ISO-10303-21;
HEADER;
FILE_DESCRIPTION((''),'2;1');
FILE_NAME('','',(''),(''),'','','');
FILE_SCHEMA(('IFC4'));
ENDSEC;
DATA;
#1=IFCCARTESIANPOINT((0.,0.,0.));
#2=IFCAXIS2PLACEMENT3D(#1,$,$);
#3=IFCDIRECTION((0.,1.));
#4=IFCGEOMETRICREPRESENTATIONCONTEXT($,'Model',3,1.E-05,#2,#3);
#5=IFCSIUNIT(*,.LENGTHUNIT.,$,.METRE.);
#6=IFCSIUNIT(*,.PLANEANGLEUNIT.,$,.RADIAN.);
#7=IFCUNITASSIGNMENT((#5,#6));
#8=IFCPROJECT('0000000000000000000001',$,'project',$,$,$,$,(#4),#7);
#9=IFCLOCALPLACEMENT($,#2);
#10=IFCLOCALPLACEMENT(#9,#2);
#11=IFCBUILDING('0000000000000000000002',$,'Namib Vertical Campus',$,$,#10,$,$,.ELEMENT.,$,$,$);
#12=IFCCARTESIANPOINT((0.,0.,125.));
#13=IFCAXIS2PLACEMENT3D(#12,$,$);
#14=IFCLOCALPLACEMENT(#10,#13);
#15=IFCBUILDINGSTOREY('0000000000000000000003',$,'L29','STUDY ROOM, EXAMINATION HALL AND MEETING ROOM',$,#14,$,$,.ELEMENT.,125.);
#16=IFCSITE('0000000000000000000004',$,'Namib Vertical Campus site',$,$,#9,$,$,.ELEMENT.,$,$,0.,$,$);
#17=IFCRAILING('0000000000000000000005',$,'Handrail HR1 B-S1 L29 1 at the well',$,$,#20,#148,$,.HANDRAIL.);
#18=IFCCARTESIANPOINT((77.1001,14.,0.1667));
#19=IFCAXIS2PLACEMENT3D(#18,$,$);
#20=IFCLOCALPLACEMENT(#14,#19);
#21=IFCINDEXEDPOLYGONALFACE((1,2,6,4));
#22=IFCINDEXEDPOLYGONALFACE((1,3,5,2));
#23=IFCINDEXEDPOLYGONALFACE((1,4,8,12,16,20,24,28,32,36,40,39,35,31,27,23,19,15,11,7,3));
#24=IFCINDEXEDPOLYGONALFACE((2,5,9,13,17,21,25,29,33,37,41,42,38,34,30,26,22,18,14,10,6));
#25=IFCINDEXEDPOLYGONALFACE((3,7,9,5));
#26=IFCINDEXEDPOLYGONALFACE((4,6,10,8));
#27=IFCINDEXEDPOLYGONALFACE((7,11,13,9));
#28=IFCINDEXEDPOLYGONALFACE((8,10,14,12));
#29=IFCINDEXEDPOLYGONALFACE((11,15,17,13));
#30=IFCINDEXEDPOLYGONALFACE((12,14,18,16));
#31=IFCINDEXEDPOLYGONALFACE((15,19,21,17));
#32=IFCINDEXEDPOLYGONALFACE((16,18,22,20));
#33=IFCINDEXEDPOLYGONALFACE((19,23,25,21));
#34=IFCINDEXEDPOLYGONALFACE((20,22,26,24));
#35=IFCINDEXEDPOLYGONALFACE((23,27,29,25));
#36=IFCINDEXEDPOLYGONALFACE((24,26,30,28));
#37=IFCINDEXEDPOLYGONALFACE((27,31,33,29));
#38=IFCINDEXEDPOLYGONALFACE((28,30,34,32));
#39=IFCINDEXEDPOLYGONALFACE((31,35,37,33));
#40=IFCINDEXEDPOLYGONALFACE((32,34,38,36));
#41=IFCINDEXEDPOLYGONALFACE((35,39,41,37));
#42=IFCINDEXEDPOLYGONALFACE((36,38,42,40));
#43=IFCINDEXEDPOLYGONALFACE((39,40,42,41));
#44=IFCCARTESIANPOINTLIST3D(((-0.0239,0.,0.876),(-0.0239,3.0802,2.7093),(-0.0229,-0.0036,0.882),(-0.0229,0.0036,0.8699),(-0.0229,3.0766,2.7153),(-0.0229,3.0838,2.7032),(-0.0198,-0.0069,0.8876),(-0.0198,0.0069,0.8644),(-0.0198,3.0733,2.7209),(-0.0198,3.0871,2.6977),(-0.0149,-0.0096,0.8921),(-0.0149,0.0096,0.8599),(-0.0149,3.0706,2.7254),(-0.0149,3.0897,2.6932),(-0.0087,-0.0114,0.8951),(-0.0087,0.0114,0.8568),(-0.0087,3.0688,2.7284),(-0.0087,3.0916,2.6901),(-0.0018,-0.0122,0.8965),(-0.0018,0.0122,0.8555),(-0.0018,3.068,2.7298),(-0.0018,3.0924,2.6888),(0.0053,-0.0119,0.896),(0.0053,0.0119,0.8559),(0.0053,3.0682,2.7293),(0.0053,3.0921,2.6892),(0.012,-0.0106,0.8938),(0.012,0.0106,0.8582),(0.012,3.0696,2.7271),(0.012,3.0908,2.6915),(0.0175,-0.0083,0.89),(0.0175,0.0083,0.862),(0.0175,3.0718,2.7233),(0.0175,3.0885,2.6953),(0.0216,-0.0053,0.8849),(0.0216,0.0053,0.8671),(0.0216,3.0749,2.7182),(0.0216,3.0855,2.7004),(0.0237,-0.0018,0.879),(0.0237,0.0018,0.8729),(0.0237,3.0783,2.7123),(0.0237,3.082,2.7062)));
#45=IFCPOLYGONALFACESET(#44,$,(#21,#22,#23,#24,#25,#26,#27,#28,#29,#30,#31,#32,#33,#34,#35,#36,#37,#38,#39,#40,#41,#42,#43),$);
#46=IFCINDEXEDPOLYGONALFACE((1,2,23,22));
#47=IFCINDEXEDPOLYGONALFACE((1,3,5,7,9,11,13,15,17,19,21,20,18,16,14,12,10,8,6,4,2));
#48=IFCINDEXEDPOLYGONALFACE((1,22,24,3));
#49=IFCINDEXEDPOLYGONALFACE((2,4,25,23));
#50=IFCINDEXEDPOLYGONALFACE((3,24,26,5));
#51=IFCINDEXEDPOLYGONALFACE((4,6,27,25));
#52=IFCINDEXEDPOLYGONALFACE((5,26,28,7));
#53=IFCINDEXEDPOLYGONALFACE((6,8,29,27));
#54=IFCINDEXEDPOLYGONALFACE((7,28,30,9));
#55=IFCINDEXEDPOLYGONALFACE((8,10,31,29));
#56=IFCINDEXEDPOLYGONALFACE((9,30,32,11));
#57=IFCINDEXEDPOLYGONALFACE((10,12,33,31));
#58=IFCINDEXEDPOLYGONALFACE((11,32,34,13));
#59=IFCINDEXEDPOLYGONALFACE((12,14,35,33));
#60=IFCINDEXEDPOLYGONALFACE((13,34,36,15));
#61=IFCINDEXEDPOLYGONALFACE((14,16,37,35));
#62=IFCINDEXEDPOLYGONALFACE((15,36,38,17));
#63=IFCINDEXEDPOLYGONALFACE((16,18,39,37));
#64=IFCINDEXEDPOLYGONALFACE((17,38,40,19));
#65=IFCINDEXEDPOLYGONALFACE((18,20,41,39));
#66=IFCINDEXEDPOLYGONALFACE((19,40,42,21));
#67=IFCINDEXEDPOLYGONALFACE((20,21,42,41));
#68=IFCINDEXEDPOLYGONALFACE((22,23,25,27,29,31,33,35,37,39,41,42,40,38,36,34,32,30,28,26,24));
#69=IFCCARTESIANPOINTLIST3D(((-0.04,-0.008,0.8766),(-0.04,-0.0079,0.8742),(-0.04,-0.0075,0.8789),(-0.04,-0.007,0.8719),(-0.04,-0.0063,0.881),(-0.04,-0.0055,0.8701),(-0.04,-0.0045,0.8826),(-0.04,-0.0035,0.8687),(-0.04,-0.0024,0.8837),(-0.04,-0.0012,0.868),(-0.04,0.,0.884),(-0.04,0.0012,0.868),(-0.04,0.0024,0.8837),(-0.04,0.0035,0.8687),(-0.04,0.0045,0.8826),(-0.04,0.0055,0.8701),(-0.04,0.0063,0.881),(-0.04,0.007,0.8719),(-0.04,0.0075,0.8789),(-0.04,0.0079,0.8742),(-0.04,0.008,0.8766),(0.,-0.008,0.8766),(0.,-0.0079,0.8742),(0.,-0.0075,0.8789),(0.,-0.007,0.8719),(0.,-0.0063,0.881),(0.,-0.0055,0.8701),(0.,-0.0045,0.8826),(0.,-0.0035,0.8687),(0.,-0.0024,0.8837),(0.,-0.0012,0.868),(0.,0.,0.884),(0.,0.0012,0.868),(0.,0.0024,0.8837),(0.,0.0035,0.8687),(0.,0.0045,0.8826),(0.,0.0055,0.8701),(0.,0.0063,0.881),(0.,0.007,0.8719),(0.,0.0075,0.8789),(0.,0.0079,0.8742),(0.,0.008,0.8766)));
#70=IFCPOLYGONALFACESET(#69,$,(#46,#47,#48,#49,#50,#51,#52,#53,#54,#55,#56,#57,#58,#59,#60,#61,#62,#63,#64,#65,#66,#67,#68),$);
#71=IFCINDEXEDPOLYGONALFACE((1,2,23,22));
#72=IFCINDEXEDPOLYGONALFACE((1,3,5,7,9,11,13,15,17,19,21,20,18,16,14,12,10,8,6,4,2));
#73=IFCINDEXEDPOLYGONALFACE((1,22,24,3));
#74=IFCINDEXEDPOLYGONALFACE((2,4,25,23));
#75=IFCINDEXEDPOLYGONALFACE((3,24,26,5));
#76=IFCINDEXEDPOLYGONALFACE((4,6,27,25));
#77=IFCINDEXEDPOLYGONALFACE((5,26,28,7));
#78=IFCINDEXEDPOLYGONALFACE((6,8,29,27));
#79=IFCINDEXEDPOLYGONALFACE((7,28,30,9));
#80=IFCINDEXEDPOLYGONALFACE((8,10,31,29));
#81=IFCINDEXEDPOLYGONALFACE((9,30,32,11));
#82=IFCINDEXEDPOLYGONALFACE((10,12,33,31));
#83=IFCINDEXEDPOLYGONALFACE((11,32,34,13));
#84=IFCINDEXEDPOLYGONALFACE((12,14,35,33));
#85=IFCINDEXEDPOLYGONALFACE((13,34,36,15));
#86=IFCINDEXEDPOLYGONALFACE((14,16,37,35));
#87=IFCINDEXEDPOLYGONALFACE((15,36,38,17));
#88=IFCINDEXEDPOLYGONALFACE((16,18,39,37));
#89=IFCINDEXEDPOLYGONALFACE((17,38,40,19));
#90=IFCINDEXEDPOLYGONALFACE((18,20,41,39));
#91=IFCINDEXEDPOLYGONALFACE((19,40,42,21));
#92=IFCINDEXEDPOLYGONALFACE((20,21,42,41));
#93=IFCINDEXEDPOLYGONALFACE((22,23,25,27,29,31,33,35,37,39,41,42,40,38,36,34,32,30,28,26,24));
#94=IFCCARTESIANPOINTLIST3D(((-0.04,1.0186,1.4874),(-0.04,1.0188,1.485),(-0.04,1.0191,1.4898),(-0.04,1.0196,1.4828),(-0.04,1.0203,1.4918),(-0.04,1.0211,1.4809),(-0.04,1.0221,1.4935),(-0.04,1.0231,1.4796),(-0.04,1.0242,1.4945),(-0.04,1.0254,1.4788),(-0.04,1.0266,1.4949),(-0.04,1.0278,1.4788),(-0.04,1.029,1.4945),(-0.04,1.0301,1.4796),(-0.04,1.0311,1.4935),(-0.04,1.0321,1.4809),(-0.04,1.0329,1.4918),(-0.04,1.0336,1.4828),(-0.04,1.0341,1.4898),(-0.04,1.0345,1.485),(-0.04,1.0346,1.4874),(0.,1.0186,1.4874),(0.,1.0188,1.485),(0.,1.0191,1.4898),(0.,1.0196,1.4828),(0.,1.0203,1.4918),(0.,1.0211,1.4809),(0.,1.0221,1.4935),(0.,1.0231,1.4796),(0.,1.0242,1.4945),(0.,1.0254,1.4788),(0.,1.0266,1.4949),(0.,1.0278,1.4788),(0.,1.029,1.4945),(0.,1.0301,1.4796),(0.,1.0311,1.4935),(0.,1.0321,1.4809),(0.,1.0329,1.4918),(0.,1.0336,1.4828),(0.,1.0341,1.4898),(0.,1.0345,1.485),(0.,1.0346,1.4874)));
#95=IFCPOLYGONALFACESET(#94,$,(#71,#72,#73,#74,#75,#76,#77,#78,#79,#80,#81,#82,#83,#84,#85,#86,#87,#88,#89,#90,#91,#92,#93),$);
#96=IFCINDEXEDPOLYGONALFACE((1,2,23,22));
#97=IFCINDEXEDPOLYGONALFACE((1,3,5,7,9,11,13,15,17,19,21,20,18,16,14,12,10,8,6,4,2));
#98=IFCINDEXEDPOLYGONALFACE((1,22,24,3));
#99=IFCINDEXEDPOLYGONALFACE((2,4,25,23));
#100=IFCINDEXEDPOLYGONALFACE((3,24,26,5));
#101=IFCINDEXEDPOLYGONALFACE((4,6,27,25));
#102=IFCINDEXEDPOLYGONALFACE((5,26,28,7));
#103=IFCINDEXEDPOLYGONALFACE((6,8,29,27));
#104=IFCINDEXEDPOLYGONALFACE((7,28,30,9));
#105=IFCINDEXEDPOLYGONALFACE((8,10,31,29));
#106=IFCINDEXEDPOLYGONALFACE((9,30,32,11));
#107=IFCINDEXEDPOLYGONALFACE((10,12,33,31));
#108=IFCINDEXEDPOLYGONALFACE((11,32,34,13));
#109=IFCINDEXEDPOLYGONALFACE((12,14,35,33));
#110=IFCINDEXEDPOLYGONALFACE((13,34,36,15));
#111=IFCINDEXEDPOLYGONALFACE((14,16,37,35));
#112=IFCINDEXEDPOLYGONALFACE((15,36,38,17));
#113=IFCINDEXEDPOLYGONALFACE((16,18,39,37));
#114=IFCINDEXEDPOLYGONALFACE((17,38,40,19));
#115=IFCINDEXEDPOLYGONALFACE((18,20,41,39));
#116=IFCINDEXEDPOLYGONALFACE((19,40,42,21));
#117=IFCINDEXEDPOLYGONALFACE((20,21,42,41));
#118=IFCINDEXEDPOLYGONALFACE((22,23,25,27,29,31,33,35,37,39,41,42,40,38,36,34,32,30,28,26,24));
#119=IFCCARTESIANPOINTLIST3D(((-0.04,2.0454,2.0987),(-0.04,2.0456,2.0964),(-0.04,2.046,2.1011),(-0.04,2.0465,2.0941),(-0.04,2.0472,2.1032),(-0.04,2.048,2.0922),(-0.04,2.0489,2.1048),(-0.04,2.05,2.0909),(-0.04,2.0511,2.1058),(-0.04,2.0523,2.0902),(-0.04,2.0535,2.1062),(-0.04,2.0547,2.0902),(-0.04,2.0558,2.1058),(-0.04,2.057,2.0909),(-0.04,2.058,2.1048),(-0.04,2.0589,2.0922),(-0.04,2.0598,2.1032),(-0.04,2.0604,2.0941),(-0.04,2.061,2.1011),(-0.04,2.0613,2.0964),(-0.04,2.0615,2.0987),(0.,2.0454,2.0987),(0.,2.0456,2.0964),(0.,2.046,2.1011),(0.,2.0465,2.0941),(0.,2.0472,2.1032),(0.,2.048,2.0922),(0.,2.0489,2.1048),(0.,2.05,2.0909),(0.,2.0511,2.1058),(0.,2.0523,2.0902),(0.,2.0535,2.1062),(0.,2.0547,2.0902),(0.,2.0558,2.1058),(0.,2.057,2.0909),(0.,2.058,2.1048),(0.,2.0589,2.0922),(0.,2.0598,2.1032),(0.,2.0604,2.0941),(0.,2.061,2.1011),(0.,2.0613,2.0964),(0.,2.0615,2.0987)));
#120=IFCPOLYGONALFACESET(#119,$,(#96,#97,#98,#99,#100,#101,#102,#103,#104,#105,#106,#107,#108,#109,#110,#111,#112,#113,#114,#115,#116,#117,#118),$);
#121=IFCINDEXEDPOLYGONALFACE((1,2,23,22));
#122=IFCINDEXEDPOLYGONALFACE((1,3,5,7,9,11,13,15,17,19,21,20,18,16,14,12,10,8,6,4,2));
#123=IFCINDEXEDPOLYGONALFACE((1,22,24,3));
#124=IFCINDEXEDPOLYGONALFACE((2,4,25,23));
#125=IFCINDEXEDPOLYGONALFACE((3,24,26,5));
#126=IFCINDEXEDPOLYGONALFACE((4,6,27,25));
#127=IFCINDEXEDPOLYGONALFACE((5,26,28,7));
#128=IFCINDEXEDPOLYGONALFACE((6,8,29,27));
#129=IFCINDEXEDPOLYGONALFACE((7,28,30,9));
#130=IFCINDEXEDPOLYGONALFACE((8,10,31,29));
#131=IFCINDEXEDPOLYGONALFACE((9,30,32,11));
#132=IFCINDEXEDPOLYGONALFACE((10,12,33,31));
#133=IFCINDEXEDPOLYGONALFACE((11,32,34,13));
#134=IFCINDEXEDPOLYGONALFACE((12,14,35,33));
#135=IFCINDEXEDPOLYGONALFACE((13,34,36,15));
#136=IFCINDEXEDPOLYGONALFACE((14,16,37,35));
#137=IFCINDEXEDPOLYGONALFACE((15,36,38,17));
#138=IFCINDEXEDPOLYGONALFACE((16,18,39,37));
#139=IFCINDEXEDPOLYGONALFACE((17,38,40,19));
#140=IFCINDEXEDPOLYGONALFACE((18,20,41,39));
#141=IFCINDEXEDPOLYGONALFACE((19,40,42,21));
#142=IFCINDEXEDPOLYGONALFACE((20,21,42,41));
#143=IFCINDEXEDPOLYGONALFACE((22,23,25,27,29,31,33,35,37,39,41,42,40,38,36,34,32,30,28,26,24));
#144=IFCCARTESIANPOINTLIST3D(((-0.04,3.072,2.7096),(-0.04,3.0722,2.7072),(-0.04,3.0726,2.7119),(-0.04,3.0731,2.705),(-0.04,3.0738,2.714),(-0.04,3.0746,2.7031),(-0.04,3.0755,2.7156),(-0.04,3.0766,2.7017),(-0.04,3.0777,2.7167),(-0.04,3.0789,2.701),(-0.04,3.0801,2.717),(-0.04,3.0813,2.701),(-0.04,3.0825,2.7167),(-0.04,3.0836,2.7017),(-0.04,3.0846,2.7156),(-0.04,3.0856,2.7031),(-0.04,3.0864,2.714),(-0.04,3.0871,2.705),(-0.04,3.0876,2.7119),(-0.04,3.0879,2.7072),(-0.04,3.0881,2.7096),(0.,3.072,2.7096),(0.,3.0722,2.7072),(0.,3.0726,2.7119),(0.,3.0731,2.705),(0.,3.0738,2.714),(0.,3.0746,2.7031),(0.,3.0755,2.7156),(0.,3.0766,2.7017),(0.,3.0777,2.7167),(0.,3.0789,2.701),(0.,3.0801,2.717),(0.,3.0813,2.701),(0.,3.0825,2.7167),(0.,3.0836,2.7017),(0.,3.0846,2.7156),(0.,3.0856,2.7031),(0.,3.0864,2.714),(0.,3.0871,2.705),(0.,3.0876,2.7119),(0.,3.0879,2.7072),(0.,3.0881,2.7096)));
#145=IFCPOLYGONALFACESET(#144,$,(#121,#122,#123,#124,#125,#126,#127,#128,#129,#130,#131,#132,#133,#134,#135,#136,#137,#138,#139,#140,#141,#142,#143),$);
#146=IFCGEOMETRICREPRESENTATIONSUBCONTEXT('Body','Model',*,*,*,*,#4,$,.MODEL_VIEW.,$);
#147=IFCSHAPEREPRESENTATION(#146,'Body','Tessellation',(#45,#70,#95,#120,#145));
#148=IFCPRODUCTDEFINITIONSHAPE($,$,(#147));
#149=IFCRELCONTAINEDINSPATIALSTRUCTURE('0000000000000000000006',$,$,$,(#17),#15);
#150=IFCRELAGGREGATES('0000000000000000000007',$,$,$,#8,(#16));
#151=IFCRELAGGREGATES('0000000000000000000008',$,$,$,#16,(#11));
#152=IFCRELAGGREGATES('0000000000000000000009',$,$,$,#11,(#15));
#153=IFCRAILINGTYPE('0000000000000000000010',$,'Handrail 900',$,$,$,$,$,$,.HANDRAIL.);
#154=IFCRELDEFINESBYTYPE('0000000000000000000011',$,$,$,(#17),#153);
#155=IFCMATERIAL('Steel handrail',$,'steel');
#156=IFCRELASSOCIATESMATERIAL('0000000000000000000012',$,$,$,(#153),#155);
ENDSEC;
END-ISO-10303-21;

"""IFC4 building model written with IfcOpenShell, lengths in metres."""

from ifc_helpers import new_model, si_unit, direction, frame, origin, origin_2d, place, context, subcontext, project, spatial, circle, extrude, material, type_object, element, save


model = new_model("IFC4")

# Units and contexts
model_context = context("Model", 3, precision=1e-05, world=origin(), true_north=direction((0.0, 1.0)))
body_context = subcontext(model_context, "Body", "Model", "MODEL_VIEW")
ifc_project = project(units=[si_unit("LENGTHUNIT", "METRE"), si_unit("PLANEANGLEUNIT", "RADIAN")], contexts=[model_context])

# Site, building, storey
site_placement = place(None, origin())
site = spatial("IfcSite", under=ifc_project, at=site_placement, Name="Namib Vertical Campus site", CompositionType="ELEMENT", RefElevation=0.0)
building_placement = place(site_placement, origin())
building = spatial("IfcBuilding", under=site, at=building_placement, Name="Namib Vertical Campus", CompositionType="ELEMENT")
storey_placement = place(building_placement, frame((0.0, 0.0, 125.0)))
storey = spatial("IfcBuildingStorey", under=building, at=storey_placement, Name="L29", Description="STUDY ROOM, EXAMINATION HALL AND MEETING ROOM", CompositionType="ELEMENT", Elevation=125.0)

# Railing
ifc_material_1 = material(Name="Steel handrail", Category="steel")
railing_type = type_object("IfcRailingType", Name="Handrail 900", PredefinedType="HANDRAIL", material=ifc_material_1)
railing_1_placement = place(storey_placement, frame((77.1001, 14.0, 0.1667)))
element("IfcRailing", 1, at=railing_1_placement, inside=storey, type_object=railing_type, Name="Handrail HR1 B-S1 L29 1 at the well", PredefinedType="HANDRAIL", context=body_context, shape_type="SweptSolid", body=[
    extrude(circle(Radius=0.0239, at=origin_2d()), frame((0.0, 0.0, 0.876), z_axis=(0.0, 0.859309, 0.511458), x_axis=(-1.0, 0.0, 0.0)), (0.0, 0.0, 1.0), 3.5845),
    extrude(circle(Radius=0.0081, at=origin_2d()), frame((0.0, 0.0, 0.876), z_axis=(-1.0, 0.0, 0.0), x_axis=(0.0, 0.0, 1.0)), (0.0, 0.0, 1.0), 0.04),
    extrude(circle(Radius=0.0081, at=origin_2d()), frame((0.0, 1.0266, 1.4868), z_axis=(-1.0, 0.0, 0.0), x_axis=(0.0, 0.0, 1.0)), (0.0, 0.0, 1.0), 0.04),
    extrude(circle(Radius=0.0081, at=origin_2d()), frame((0.0, 2.0535, 2.0981), z_axis=(-1.0, 0.0, 0.0), x_axis=(0.0, 0.0, 1.0)), (0.0, 0.0, 1.0), 0.04),
    extrude(circle(Radius=0.0081, at=origin_2d()), frame((0.0, 3.0801, 2.709), z_axis=(-1.0, 0.0, 0.0), x_axis=(0.0, 0.0, 1.0)), (0.0, 0.0, 1.0), 0.04),
])

save(model, "model.ifc")
